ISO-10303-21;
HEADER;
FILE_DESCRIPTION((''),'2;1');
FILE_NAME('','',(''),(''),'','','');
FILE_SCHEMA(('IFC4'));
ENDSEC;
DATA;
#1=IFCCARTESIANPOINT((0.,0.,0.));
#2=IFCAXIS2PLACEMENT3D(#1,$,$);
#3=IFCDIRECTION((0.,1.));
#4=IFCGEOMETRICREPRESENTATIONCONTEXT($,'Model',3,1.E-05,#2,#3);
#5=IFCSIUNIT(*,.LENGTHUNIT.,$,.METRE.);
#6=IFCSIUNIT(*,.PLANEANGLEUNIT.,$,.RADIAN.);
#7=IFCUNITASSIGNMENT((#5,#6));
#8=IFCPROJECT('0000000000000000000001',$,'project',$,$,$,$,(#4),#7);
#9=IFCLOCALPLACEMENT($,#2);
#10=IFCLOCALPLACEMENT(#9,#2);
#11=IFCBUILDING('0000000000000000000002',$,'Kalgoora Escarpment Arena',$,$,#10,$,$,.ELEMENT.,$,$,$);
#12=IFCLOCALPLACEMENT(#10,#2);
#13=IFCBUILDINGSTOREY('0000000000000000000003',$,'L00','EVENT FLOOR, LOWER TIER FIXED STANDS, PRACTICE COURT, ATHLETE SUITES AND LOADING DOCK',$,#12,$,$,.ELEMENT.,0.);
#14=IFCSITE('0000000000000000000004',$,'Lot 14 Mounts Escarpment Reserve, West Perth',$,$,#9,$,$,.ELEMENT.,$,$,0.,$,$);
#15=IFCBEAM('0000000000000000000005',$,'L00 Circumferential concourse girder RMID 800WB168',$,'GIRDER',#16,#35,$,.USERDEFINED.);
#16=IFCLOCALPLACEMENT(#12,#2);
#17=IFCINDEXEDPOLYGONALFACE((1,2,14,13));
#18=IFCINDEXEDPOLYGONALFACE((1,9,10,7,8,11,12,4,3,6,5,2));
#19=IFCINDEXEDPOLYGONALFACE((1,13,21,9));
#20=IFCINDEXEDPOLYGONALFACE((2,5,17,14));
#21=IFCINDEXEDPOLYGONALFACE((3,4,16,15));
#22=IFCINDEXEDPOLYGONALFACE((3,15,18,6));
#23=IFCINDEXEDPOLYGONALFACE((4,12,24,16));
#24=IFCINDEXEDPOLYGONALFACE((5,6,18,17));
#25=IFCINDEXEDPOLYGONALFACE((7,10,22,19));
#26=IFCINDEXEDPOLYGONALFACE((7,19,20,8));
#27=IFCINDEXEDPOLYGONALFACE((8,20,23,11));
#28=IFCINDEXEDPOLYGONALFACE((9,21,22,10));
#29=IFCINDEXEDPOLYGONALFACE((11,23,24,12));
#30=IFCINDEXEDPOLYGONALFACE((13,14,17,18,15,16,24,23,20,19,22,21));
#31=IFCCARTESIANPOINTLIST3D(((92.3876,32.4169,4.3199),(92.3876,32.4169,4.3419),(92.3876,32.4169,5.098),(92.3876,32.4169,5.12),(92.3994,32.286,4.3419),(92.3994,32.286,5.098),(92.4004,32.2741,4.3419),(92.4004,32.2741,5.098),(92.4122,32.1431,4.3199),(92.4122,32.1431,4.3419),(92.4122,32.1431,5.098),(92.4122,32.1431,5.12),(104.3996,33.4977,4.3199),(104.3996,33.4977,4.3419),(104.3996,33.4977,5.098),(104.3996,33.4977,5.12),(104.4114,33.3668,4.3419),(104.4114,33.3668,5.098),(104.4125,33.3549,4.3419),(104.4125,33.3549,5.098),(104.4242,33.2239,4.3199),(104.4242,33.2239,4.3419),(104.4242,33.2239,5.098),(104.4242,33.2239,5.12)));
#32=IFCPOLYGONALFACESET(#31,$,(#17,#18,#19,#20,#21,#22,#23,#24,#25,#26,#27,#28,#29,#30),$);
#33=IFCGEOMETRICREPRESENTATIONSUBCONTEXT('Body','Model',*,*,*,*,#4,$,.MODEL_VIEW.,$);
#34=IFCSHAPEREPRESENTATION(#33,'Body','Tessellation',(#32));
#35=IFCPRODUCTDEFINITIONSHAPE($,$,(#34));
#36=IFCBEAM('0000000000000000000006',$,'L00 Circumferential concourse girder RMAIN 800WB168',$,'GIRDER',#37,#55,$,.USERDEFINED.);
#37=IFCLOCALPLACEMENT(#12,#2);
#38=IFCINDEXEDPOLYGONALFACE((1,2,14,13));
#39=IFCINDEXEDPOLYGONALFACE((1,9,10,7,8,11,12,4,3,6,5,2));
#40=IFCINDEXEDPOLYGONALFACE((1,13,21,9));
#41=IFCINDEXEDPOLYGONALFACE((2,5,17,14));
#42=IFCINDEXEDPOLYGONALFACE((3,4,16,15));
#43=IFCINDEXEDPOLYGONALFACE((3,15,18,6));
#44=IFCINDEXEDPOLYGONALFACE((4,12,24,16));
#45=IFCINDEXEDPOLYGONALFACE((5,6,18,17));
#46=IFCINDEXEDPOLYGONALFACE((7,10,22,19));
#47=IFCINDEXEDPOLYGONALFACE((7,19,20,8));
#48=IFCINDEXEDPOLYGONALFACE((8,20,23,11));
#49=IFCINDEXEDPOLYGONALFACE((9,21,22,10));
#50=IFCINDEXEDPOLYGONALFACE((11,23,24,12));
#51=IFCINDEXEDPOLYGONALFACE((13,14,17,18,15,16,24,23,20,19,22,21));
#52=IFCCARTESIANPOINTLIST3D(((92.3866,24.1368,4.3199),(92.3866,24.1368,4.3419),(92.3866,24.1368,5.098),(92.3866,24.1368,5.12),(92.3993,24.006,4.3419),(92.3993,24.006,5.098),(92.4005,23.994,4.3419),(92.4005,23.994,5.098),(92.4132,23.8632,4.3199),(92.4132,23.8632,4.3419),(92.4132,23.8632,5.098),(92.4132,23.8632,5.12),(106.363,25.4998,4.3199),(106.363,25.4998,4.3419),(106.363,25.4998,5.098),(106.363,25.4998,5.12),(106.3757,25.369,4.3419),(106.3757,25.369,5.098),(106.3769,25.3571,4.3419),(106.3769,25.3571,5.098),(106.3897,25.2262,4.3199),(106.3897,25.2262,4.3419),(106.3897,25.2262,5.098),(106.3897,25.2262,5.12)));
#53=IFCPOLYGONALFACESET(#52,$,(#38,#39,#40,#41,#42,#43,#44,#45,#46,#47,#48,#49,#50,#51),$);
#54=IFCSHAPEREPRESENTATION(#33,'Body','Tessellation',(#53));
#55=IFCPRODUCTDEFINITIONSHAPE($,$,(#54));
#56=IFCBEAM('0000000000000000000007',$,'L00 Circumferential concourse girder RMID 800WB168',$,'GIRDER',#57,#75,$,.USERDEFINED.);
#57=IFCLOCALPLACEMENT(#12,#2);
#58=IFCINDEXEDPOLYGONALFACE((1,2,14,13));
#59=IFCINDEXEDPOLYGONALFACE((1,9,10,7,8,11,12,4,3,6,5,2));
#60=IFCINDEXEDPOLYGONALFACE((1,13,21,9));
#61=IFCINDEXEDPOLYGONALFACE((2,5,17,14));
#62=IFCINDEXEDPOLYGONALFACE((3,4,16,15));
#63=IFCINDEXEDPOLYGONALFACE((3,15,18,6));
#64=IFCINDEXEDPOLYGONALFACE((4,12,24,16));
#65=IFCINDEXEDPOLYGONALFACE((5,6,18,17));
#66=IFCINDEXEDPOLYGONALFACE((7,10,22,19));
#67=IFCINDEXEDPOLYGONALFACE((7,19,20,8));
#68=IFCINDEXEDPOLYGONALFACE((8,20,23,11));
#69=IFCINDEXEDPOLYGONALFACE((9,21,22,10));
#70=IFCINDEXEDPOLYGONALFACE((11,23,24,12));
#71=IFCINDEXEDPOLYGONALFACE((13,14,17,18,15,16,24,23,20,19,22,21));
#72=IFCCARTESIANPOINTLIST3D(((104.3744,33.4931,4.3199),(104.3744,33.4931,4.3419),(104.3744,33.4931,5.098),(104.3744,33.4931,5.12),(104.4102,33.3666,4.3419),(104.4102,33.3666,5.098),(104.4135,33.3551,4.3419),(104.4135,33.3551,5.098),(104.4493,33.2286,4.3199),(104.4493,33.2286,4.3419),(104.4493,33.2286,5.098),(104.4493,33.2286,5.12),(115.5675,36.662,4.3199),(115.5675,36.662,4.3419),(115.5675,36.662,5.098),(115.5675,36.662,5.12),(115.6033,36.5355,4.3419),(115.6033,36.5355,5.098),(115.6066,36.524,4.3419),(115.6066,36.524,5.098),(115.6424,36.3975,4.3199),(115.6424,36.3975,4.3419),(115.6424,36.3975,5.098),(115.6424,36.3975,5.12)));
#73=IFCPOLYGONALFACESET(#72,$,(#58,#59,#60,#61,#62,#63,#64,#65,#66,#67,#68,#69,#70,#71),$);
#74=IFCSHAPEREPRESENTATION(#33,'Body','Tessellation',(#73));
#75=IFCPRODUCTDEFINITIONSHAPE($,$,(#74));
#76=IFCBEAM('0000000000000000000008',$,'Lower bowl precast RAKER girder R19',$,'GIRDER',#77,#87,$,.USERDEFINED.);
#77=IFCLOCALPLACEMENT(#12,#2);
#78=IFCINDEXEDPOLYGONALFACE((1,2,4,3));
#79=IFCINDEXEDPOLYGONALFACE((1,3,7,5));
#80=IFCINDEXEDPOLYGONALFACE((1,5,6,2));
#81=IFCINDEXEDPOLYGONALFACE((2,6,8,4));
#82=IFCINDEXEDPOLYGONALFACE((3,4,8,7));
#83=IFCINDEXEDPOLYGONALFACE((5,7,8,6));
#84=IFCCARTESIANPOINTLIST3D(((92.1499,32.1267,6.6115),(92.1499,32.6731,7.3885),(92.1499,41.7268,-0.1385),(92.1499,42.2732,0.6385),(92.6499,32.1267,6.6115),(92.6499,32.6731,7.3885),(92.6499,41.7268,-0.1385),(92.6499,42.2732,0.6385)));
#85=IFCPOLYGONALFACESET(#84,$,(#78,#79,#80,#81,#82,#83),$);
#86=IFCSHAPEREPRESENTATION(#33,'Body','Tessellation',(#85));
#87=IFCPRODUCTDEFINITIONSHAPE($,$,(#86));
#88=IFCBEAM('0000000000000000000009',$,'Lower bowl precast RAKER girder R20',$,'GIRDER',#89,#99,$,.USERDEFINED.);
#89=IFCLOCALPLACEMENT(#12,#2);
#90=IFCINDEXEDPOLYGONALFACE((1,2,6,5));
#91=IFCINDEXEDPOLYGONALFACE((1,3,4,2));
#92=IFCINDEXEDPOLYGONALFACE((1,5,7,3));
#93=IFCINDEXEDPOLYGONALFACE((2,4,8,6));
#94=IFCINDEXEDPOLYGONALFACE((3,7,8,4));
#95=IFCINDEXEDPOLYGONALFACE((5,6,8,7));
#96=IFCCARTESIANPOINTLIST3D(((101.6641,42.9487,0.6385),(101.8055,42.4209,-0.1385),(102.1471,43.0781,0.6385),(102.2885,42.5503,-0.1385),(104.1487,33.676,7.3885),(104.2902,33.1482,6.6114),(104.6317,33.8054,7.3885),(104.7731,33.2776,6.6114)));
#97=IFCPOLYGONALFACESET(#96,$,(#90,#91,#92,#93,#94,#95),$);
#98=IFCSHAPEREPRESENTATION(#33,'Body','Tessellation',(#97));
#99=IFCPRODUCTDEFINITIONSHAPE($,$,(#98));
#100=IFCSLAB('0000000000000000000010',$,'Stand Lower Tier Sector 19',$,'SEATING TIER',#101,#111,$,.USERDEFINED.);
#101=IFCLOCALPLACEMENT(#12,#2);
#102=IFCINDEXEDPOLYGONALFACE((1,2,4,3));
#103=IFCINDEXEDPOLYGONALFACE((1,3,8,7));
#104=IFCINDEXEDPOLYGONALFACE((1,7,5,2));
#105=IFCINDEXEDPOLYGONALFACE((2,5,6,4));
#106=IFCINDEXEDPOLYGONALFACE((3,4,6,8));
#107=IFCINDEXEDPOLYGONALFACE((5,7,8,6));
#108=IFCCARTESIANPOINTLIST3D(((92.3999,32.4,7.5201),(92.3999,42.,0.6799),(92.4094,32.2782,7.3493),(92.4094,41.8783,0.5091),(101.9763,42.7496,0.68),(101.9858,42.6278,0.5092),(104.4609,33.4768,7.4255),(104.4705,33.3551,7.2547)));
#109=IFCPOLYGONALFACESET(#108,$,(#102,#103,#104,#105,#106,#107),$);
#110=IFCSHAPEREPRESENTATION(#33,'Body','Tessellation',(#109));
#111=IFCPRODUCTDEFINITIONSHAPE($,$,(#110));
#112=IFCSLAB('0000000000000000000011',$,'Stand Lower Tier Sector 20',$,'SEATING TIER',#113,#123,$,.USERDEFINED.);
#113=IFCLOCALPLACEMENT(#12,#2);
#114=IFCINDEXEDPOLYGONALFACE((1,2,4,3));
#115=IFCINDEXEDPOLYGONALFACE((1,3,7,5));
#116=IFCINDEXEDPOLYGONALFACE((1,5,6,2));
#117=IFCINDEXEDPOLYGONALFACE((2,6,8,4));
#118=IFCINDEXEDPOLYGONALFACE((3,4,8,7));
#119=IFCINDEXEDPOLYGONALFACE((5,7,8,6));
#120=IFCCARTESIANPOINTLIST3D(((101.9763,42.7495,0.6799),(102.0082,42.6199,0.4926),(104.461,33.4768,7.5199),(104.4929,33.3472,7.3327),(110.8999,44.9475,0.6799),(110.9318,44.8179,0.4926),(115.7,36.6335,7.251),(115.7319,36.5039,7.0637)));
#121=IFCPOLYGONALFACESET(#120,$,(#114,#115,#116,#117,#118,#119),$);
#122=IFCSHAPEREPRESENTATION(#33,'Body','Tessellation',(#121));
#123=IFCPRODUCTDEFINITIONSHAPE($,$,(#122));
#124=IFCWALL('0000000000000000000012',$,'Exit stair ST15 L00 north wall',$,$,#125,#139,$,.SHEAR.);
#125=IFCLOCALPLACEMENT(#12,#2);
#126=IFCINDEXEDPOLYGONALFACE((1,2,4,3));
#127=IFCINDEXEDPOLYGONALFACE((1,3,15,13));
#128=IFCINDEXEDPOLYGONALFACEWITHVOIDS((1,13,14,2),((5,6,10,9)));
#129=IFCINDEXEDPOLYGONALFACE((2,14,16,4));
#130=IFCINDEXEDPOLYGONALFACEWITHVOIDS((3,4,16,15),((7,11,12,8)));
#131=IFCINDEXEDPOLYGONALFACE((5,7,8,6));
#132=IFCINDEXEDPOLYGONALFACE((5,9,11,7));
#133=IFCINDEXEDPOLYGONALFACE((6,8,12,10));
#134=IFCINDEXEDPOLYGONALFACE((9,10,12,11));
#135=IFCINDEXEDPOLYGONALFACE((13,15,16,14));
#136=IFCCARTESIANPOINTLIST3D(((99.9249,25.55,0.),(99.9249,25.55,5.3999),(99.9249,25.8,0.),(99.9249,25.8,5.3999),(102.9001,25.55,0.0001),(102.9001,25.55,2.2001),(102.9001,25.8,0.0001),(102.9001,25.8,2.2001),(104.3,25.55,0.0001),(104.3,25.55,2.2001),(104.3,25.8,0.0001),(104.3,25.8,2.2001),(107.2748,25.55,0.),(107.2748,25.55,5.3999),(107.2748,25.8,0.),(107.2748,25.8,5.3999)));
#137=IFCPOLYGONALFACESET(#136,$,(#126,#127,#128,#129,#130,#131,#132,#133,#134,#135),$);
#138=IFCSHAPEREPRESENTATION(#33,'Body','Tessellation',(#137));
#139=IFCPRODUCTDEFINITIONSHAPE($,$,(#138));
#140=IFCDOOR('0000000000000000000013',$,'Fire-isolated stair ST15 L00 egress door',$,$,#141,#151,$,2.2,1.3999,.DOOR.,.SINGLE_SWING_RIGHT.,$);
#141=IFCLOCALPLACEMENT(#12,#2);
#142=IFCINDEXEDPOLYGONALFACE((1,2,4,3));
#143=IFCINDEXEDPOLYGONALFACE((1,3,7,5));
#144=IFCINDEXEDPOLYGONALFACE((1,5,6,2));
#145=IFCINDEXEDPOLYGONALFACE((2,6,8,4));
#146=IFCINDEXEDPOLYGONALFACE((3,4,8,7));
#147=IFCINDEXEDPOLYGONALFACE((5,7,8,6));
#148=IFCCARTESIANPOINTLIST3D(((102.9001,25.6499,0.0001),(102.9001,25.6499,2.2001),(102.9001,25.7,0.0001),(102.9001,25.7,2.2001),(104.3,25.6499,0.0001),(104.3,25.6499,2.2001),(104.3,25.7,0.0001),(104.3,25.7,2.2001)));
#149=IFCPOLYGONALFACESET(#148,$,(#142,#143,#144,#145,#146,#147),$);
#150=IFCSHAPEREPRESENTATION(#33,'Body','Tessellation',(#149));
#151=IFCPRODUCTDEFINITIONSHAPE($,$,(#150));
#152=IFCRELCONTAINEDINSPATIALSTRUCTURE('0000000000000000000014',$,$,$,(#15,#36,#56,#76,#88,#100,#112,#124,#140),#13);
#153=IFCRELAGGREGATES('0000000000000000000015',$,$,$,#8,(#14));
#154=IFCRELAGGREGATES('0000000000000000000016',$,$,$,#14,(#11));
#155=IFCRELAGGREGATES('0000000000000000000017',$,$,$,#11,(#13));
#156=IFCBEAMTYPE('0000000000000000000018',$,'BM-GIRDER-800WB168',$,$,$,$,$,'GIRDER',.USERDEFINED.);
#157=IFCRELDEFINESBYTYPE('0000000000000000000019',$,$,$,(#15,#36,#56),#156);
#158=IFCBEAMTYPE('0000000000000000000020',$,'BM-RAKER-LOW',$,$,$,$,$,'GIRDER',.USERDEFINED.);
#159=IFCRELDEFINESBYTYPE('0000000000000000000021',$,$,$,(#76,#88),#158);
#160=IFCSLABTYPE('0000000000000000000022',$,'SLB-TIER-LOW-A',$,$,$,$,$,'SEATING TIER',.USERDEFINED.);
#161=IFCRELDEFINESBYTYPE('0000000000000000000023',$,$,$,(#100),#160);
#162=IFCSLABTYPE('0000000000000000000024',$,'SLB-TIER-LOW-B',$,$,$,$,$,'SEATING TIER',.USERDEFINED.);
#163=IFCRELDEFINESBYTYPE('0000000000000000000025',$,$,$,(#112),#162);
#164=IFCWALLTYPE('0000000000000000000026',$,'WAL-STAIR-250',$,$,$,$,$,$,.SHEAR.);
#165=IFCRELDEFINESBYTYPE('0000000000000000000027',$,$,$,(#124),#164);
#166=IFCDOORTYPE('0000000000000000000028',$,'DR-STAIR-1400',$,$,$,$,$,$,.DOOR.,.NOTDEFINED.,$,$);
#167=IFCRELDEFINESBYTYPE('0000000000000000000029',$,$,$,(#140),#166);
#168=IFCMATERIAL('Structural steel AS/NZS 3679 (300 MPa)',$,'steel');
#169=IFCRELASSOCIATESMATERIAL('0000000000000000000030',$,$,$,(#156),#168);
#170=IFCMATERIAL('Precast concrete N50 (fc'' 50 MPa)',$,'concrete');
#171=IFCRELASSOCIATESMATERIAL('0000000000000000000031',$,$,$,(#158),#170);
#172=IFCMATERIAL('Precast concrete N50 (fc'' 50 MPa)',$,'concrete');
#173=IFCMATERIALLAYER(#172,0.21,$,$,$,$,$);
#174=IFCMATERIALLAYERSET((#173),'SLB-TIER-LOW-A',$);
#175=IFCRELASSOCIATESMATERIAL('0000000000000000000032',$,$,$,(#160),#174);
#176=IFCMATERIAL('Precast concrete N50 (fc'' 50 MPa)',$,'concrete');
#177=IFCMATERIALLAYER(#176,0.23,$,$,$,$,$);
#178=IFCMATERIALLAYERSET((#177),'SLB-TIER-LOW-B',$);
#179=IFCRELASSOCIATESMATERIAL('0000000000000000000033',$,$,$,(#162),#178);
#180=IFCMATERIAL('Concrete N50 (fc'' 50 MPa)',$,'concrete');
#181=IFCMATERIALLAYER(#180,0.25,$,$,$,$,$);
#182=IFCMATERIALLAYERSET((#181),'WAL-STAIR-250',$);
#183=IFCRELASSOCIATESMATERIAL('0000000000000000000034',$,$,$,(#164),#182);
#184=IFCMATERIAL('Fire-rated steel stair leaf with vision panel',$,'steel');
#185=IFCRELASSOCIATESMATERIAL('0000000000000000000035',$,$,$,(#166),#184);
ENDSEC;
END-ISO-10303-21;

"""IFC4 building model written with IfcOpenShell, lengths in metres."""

from ifc_helpers import new_model, si_unit, direction, frame, frame_2d, origin, origin_2d, place, context, subcontext, project, spatial, polyline, rectangle, i_section, outline, extrude, material, layer, layer_set, material_profile, profile_set, type_object, element, fill, save


model = new_model("IFC4")

# Units and contexts
model_context = context("Model", 3, precision=1e-05, world=origin(), true_north=direction((0.0, 1.0)))
body_context = subcontext(model_context, "Body", "Model", "MODEL_VIEW")
ifc_project = project(units=[si_unit("LENGTHUNIT", "METRE"), si_unit("PLANEANGLEUNIT", "RADIAN")], contexts=[model_context])

# Site, building, storey
site_placement = place(None, origin())
site = spatial("IfcSite", under=ifc_project, at=site_placement, Name="Lot 14 Mounts Escarpment Reserve, West Perth", CompositionType="ELEMENT", RefElevation=0.0)
building_placement = place(site_placement, origin())
building = spatial("IfcBuilding", under=site, at=building_placement, Name="Kalgoora Escarpment Arena", CompositionType="ELEMENT")
storey_placement = place(building_placement, origin())
storey = spatial("IfcBuildingStorey", under=building, at=storey_placement, Name="L00", Description="EVENT FLOOR, LOWER TIER FIXED STANDS, PRACTICE COURT, ATHLETE SUITES AND LOADING DOCK", CompositionType="ELEMENT", Elevation=0.0)

# Beams
ifc_material_1 = material(Name="Structural steel AS/NZS 3679 (300 MPa)", Category="steel")
ifc_material_profile_1 = material_profile(ifc_material_1, i_section(OverallWidth=0.2749, OverallDepth=0.8, WebThickness=0.012, FlangeThickness=0.022, at=origin_2d()))
ifc_profile_set_1 = profile_set([ifc_material_profile_1], Name="Structural steel AS/NZS 3679 (300 MPa)")
beam_type_1 = type_object("IfcBeamType", Name="BM-GIRDER-800WB168", ElementType="GIRDER", PredefinedType="USERDEFINED", material=ifc_profile_set_1)
beam_1_placement = place(storey_placement, frame((92.3999, 32.28, 4.72), z_axis=(0.995976, 0.089616, 0.0), x_axis=(-0.089616, 0.995976, 0.0)))
element("IfcBeam", 1, at=beam_1_placement, inside=storey, type_object=beam_type_1, Name="L00 Circumferential concourse girder RMID 800WB168", ObjectType="GIRDER", PredefinedType="USERDEFINED", context=body_context, shape_type="SweptSolid", body=[
    extrude(i_section(OverallWidth=0.2749, OverallDepth=0.8, WebThickness=0.012, FlangeThickness=0.022, at=origin_2d()), origin(), (0.0, 0.0, 1.0), 12.0605),
])
beam_2_placement = place(storey_placement, frame((92.3999, 24.0, 4.72), z_axis=(0.995278, 0.097064, 0.0), x_axis=(-0.097064, 0.995278, 0.0)))
element("IfcBeam", 2, at=beam_2_placement, inside=storey, type_object=beam_type_1, Name="L00 Circumferential concourse girder RMAIN 800WB168", ObjectType="GIRDER", PredefinedType="USERDEFINED", context=body_context, shape_type="SweptSolid", body=[
    extrude(i_section(OverallWidth=0.2749, OverallDepth=0.8, WebThickness=0.012, FlangeThickness=0.022, at=origin_2d()), origin(), (0.0, 0.0, 1.0), 14.0427),
])
beam_3_placement = place(storey_placement, frame((104.4119, 33.3608, 4.72), z_axis=(0.962182, 0.272409, 0.0), x_axis=(-0.272409, 0.962182, 0.0)))
element("IfcBeam", 3, at=beam_3_placement, inside=storey, type_object=beam_type_1, Name="L00 Circumferential concourse girder RMID 800WB168", ObjectType="GIRDER", PredefinedType="USERDEFINED", context=body_context, shape_type="SweptSolid", body=[
    extrude(i_section(OverallWidth=0.2749, OverallDepth=0.8, WebThickness=0.012, FlangeThickness=0.022, at=origin_2d()), origin(), (0.0, 0.0, 1.0), 11.6331),
])
ifc_material_2 = material(Name="Precast concrete N50 (fc' 50 MPa)", Category="concrete")
ifc_material_profile_2 = material_profile(ifc_material_2, rectangle(XDim=0.5, YDim=0.95, at=origin_2d()))
ifc_profile_set_2 = profile_set([ifc_material_profile_2], Name="Precast concrete N50 (fc' 50 MPa)")
beam_type_2 = type_object("IfcBeamType", Name="BM-RAKER-LOW", ElementType="GIRDER", PredefinedType="USERDEFINED", material=ifc_profile_set_2)
beam_4_placement = place(storey_placement, frame((92.3999, 42.0, 0.25), z_axis=(0.0, -0.818032, 0.575173), x_axis=(1.0, 0.0, 0.0)))
element("IfcBeam", 4, at=beam_4_placement, inside=storey, type_object=beam_type_2, Name="Lower bowl precast RAKER girder R19", ObjectType="GIRDER", PredefinedType="USERDEFINED", context=body_context, shape_type="SweptSolid", body=[
    extrude(rectangle(XDim=0.5, YDim=0.95, at=origin_2d()), origin(), (0.0, 0.0, 1.0), 11.7356),
])
beam_5_placement = place(storey_placement, frame((101.9763, 42.7495, 0.25), z_axis=(0.211721, -0.79015, 0.575184), x_axis=(0.965926, 0.25882, 0.0)))
element("IfcBeam", 5, at=beam_5_placement, inside=storey, type_object=beam_type_2, Name="Lower bowl precast RAKER girder R20", ObjectType="GIRDER", PredefinedType="USERDEFINED", context=body_context, shape_type="SweptSolid", body=[
    extrude(rectangle(XDim=0.5, YDim=0.95, at=origin_2d()), origin(), (0.0, 0.0, 1.0), 11.7354),
])

# Slabs
ifc_material_3 = material(Name="Precast concrete N50 (fc' 50 MPa)", Category="concrete")
ifc_layer_1 = layer(ifc_material_3, 0.21)
ifc_layer_set_1 = layer_set([ifc_layer_1], Name="SLB-TIER-LOW-A")
slab_type_1 = type_object("IfcSlabType", Name="SLB-TIER-LOW-A", ElementType="SEATING TIER", PredefinedType="USERDEFINED", material=ifc_layer_set_1)
slab_1_placement = place(storey_placement, frame((92.3999, 42.0, 0.6799), z_axis=(-0.045379, 0.579684, 0.813577), x_axis=(0.996951, 0.078033, 0.000007)))
element("IfcSlab", 6, at=slab_1_placement, inside=storey, type_object=slab_type_1, Name="Stand Lower Tier Sector 19", ObjectType="SEATING TIER", PredefinedType="USERDEFINED", context=body_context, shape_type="SweptSolid", body=[
    extrude(outline(polyline([(0.0, 0.0), (9.6057, 0.0), (11.3592, -11.6011), (-0.7491, -11.7638), (0.0, 0.0)])), origin(), (0.0, 0.0, -1.0), 0.21),
])
ifc_material_4 = material(Name="Precast concrete N50 (fc' 50 MPa)", Category="concrete")
ifc_layer_2 = layer(ifc_material_4, 0.23)
ifc_layer_set_2 = layer_set([ifc_layer_2], Name="SLB-TIER-LOW-B")
slab_type_2 = type_object("IfcSlabType", Name="SLB-TIER-LOW-B", ElementType="SEATING TIER", PredefinedType="USERDEFINED", material=ifc_layer_set_2)
slab_2_placement = place(storey_placement, frame((101.9763, 42.7495, 0.6799), z_axis=(-0.138792, 0.56352, 0.81436), x_axis=(0.97098, 0.239159, -0.000008)))
element("IfcSlab", 7, at=slab_2_placement, inside=storey, type_object=slab_type_2, Name="Stand Lower Tier Sector 20", ObjectType="SEATING TIER", PredefinedType="USERDEFINED", context=body_context, shape_type="SweptSolid", body=[
    extrude(outline(polyline([(0.0, 0.0), (9.1903, 0.0), (11.8626, -11.3225), (0.1948, -11.7858), (0.0, 0.0)])), origin(), (0.0, 0.0, -1.0), 0.23),
])

# Wall, opening, door
ifc_material_5 = material(Name="Concrete N50 (fc' 50 MPa)", Category="concrete")
ifc_layer_3 = layer(ifc_material_5, 0.25)
ifc_layer_set_3 = layer_set([ifc_layer_3], Name="WAL-STAIR-250")
wall_type = type_object("IfcWallType", Name="WAL-STAIR-250", PredefinedType="SHEAR", material=ifc_layer_set_3)
wall_placement = place(storey_placement, frame((99.925, 25.675, 0.0), z_axis=(0.0, 0.0, 1.0), x_axis=(1.0, 0.0, 0.0)))
wall = element("IfcWall", 8, at=wall_placement, inside=storey, type_object=wall_type, Name="Exit stair ST15 L00 north wall", PredefinedType="SHEAR", context=body_context, shape_type="SweptSolid", body=[
    extrude(rectangle(XDim=7.3499, YDim=0.25, at=frame_2d((3.6748, 0.0))), origin(), (0.0, 0.0, 1.0), 5.3999),
])
opening_placement = place(wall_placement, frame((2.9751, 0.0, 0.0)))
opening = element("IfcOpeningElement", 9, at=opening_placement, cuts=wall, PredefinedType="OPENING", context=body_context, shape_type="SweptSolid", body=[
    extrude(rectangle(XDim=1.3999, YDim=2.2, at=frame_2d((0.7, 1.1001))), frame((0.0, 0.135, 0.0), z_axis=(0.0, -1.0, 0.0), x_axis=(1.0, 0.0, 0.0)), (0.0, 0.0, 1.0), 0.27),
])
ifc_material_6 = material(Name="Fire-rated steel stair leaf with vision panel", Category="steel")
door_type = type_object("IfcDoorType", Name="DR-STAIR-1400", OperationType="NOTDEFINED", PredefinedType="DOOR", material=ifc_material_6)
door_placement = place(opening_placement, origin())
door = element("IfcDoor", 10, at=door_placement, inside=storey, type_object=door_type, Name="Fire-isolated stair ST15 L00 egress door", OperationType="SINGLE_SWING_RIGHT", OverallHeight=2.2, OverallWidth=1.3999, PredefinedType="DOOR", context=body_context, shape_type="SweptSolid", body=[
    extrude(rectangle(XDim=1.3999, YDim=2.2, at=frame_2d((0.7, 1.1001))), frame((0.0, 0.0249, 0.0), z_axis=(0.0, -1.0, 0.0), x_axis=(1.0, 0.0, 0.0)), (0.0, 0.0, 1.0), 0.05),
])
fill(opening, door)

save(model, "model.ifc")
